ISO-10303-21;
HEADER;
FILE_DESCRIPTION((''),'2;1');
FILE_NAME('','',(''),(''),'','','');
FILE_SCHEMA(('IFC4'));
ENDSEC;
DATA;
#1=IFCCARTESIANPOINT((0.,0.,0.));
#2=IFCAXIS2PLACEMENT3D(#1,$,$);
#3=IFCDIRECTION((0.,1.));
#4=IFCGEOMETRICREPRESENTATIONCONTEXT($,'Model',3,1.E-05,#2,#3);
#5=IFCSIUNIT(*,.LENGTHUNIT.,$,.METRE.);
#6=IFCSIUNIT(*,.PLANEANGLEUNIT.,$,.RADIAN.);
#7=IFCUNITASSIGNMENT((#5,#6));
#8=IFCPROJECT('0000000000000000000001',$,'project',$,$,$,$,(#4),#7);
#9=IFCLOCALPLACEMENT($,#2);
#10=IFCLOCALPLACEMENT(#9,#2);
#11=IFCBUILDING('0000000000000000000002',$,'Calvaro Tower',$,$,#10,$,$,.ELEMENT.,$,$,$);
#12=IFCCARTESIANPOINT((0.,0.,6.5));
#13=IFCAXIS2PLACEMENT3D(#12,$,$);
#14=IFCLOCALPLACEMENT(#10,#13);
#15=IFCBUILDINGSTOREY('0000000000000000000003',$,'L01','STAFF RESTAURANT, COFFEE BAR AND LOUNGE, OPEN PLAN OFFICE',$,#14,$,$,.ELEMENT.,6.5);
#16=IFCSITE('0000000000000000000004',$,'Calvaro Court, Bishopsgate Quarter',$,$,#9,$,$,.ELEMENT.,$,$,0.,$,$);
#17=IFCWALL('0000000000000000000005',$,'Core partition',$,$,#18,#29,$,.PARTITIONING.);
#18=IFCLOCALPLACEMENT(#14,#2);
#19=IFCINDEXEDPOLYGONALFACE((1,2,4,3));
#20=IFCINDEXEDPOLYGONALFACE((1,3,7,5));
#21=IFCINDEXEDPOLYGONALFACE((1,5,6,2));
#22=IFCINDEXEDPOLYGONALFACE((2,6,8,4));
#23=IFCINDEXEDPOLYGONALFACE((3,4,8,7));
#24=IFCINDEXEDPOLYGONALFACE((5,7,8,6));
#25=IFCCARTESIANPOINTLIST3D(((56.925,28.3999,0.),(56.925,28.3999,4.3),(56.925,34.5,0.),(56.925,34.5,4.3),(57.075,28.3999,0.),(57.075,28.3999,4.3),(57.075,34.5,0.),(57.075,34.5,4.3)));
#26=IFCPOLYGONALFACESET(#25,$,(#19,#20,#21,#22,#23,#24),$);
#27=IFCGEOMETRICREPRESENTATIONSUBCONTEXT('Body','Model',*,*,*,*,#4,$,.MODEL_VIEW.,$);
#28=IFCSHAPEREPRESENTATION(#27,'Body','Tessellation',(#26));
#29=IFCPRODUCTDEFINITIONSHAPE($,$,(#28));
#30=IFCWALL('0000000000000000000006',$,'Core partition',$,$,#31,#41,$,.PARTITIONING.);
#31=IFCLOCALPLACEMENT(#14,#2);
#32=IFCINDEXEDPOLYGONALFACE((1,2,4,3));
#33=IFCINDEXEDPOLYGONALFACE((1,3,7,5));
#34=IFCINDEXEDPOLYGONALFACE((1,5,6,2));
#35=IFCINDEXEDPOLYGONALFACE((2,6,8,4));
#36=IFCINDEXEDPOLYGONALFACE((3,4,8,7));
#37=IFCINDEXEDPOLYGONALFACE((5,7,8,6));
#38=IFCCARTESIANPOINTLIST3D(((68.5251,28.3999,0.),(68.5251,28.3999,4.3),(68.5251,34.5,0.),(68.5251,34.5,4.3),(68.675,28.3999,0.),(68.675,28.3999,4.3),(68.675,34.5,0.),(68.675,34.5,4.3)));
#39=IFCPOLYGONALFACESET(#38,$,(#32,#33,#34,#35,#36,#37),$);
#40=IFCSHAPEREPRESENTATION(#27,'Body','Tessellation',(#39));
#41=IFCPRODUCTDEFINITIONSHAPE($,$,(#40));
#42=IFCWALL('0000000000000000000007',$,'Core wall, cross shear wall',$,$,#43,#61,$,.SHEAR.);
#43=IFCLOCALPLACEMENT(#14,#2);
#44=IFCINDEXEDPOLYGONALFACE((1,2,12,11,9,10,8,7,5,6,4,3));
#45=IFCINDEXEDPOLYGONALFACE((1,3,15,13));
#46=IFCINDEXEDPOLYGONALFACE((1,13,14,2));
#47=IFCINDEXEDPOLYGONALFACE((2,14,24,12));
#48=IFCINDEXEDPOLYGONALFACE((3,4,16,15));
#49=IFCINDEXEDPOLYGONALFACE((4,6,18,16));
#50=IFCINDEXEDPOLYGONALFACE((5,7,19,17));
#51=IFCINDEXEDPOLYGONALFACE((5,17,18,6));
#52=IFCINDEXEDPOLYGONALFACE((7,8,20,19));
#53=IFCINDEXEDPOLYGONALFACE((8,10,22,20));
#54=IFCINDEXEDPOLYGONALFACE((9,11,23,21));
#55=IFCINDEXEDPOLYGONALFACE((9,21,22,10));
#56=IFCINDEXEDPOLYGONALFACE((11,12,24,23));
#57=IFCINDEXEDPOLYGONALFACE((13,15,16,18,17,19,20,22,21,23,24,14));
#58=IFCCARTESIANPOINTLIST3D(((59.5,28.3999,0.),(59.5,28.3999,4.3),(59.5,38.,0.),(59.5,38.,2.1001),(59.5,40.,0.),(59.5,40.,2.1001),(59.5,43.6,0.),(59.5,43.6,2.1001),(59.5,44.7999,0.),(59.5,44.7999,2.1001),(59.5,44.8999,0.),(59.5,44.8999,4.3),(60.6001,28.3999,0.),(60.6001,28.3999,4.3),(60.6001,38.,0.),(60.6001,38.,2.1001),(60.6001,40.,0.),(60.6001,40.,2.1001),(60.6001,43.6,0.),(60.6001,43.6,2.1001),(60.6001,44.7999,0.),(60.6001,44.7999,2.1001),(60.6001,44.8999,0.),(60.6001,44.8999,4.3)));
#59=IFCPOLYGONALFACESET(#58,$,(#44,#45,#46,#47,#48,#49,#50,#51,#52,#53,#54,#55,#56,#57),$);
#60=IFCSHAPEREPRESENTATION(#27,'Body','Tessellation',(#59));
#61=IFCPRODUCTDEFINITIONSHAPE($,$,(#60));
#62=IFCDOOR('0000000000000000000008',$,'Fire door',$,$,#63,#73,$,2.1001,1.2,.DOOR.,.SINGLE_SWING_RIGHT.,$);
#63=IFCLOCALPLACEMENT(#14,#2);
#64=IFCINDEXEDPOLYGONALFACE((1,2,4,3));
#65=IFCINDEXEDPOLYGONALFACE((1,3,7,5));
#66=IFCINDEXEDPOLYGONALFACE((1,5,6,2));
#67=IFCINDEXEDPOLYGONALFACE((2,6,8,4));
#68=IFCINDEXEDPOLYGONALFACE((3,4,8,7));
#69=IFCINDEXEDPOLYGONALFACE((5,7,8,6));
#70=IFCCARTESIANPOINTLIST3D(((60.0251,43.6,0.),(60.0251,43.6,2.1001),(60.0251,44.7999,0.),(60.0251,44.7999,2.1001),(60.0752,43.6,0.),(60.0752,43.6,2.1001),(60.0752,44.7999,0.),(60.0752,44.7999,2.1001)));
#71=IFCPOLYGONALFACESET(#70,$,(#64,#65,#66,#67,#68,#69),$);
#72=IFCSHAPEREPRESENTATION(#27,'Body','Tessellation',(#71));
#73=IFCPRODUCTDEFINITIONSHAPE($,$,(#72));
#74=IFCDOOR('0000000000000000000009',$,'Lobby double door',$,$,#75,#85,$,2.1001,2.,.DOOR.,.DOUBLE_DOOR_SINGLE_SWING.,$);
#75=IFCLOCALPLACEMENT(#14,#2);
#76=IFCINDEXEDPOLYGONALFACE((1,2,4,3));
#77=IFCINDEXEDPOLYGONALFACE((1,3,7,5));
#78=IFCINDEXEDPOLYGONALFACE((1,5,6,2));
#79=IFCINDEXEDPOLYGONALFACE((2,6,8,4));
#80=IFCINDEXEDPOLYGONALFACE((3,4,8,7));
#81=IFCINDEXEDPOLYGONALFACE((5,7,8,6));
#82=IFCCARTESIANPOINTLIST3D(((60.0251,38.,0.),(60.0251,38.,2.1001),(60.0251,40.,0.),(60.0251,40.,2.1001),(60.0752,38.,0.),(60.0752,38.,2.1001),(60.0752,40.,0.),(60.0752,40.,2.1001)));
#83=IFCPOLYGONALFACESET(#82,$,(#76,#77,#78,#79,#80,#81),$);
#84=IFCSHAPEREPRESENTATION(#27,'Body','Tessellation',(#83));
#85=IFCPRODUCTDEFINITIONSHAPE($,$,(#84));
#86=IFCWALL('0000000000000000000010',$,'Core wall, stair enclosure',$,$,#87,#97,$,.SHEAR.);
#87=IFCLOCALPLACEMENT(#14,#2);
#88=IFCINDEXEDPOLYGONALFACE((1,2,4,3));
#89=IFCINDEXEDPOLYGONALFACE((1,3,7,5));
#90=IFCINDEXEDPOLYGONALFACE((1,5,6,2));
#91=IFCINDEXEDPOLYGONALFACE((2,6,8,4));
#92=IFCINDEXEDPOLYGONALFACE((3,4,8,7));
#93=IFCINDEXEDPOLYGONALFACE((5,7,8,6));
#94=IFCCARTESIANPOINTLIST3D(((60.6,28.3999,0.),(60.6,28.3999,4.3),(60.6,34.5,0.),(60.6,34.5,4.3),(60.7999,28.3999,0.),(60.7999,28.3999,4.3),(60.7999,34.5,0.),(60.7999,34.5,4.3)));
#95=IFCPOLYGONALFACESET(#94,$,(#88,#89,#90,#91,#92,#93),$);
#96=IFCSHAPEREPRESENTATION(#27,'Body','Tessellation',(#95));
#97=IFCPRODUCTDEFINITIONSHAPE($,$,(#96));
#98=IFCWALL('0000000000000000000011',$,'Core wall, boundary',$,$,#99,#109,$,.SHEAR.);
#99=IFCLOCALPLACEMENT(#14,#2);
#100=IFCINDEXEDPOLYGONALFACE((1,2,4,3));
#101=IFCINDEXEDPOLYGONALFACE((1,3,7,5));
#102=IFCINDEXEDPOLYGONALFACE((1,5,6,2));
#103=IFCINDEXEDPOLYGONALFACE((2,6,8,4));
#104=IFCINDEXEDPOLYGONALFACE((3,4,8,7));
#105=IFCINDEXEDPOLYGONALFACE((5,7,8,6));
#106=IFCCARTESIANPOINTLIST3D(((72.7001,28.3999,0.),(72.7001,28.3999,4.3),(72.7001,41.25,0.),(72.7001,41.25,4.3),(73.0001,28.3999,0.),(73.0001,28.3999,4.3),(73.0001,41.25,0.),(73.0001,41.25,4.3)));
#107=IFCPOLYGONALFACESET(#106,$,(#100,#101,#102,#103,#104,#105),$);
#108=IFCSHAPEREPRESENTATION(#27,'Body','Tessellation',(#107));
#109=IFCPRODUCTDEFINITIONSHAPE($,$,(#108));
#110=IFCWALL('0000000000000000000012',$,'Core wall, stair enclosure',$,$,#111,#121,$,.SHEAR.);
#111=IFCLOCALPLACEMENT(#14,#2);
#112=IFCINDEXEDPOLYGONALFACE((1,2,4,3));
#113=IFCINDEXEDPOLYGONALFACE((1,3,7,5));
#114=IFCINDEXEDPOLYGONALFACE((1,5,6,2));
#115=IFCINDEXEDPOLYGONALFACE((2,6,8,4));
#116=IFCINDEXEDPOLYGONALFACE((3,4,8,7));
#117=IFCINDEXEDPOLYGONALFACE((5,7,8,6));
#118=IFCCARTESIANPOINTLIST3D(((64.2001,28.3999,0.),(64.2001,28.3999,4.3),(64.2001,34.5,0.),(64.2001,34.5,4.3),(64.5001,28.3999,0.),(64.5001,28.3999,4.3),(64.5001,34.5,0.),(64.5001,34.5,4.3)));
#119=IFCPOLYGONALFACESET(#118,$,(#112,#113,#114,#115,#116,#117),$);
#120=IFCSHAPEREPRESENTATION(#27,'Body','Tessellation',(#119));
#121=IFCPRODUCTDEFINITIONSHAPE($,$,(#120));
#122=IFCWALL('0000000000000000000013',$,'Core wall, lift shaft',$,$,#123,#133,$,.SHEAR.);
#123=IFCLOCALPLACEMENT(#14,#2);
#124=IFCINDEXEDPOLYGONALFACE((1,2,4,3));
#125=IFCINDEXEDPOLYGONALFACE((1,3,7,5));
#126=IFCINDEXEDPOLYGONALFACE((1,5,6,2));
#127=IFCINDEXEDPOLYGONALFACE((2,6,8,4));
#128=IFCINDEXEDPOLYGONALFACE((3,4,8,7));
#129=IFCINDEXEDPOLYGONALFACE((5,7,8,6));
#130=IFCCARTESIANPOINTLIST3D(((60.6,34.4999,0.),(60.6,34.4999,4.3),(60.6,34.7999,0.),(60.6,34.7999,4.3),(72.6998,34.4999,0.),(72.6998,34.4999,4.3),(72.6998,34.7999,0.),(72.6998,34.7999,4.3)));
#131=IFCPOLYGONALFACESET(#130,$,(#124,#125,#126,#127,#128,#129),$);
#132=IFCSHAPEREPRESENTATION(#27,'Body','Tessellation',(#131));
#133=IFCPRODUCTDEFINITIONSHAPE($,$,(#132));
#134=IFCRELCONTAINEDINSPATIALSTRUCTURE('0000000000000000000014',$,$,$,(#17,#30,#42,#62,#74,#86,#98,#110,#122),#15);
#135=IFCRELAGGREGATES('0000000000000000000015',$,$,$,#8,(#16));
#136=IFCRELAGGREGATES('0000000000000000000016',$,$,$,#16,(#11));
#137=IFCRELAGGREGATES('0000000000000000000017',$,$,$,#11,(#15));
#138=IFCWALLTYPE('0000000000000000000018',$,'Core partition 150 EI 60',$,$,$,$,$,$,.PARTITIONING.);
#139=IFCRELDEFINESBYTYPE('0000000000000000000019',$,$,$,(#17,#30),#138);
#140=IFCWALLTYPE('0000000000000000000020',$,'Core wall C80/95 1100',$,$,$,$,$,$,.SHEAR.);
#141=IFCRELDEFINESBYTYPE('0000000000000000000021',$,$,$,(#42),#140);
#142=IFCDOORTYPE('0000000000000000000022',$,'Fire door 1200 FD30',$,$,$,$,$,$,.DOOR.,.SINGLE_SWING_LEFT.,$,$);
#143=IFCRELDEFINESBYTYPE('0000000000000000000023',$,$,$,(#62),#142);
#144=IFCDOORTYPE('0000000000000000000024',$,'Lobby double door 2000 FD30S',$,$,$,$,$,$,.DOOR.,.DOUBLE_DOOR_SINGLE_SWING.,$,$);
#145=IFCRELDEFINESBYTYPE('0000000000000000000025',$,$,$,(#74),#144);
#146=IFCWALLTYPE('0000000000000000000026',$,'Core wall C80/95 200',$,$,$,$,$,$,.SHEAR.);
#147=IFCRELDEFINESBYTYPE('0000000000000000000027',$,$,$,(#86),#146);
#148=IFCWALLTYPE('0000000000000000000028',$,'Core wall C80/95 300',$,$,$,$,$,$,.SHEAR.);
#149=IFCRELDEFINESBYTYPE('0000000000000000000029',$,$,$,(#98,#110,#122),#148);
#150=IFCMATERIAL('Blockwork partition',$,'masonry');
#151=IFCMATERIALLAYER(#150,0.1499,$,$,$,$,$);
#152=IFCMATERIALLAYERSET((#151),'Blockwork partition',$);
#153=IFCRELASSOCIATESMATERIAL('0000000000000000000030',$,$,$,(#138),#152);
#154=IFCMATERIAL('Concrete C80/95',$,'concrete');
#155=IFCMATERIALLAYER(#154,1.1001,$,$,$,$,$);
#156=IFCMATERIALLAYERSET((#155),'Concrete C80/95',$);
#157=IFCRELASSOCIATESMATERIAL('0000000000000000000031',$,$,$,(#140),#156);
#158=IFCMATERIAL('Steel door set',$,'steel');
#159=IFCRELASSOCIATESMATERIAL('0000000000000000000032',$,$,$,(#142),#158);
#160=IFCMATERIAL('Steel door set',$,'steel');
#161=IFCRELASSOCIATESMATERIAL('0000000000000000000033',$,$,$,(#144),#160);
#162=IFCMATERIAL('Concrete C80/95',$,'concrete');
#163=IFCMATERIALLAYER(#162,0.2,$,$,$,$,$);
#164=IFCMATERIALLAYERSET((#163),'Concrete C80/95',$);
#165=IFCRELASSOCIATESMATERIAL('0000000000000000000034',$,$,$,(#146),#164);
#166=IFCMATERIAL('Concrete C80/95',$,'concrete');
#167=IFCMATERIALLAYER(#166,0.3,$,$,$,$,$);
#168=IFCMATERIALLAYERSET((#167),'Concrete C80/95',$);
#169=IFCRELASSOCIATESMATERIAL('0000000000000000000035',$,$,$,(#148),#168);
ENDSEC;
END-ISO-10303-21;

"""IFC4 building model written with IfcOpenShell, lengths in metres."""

from ifc_helpers import new_model, si_unit, direction, frame, frame_2d, origin, place, context, subcontext, project, spatial, rectangle, extrude, material, layer, layer_set, type_object, element, fill, save


model = new_model("IFC4")

# Units and contexts
model_context = context("Model", 3, precision=1e-05, world=origin(), true_north=direction((0.0, 1.0)))
body_context = subcontext(model_context, "Body", "Model", "MODEL_VIEW")
ifc_project = project(units=[si_unit("LENGTHUNIT", "METRE"), si_unit("PLANEANGLEUNIT", "RADIAN")], contexts=[model_context])

# Site, building, storey
site_placement = place(None, origin())
site = spatial("IfcSite", under=ifc_project, at=site_placement, Name="Calvaro Court, Bishopsgate Quarter", CompositionType="ELEMENT", RefElevation=0.0)
building_placement = place(site_placement, origin())
building = spatial("IfcBuilding", under=site, at=building_placement, Name="Calvaro Tower", CompositionType="ELEMENT")
storey_placement = place(building_placement, frame((0.0, 0.0, 6.5)))
storey = spatial("IfcBuildingStorey", under=building, at=storey_placement, Name="L01", Description="STAFF RESTAURANT, COFFEE BAR AND LOUNGE, OPEN PLAN OFFICE", CompositionType="ELEMENT", Elevation=6.5)

# Walls
ifc_material_1 = material(Name="Blockwork partition", Category="masonry")
ifc_layer_1 = layer(ifc_material_1, 0.1499)
ifc_layer_set_1 = layer_set([ifc_layer_1], Name="Blockwork partition")
wall_type_1 = type_object("IfcWallType", Name="Core partition 150 EI 60", PredefinedType="PARTITIONING", material=ifc_layer_set_1)
for number, where, z_axis, x_axis, name in (
    (1, (57.0, 28.3999, 0.0), (0.0, 0.0, 1.0), (0.0, 1.0, 0.0), "Core partition"),
    (2, (68.6001, 28.3999, 0.0), (0.0, 0.0, 1.0), (0.0, 1.0, 0.0), "Core partition"),
):
    element("IfcWall", number, at=place(storey_placement, frame(where, z_axis=z_axis, x_axis=x_axis)), inside=storey, type_object=wall_type_1, Name=name, PredefinedType="PARTITIONING", context=body_context, shape_type="SweptSolid", body=[
        extrude(rectangle(XDim=6.1001, YDim=0.1499, at=frame_2d((3.05, 0.0))), origin(), (0.0, 0.0, 1.0), 4.3),
    ])

# Wall, openings, doors
ifc_material_2 = material(Name="Concrete C80/95", Category="concrete")
ifc_layer_2 = layer(ifc_material_2, 1.1001)
ifc_layer_set_2 = layer_set([ifc_layer_2], Name="Concrete C80/95")
wall_type_2 = type_object("IfcWallType", Name="Core wall C80/95 1100", PredefinedType="SHEAR", material=ifc_layer_set_2)
wall_1_placement = place(storey_placement, frame((60.05, 28.3999, 0.0), z_axis=(0.0, 0.0, 1.0), x_axis=(0.0, 1.0, 0.0)))
wall_1 = element("IfcWall", 3, at=wall_1_placement, inside=storey, type_object=wall_type_2, Name="Core wall, cross shear wall", PredefinedType="SHEAR", context=body_context, shape_type="SweptSolid", body=[
    extrude(rectangle(XDim=16.5, YDim=1.1001, at=frame_2d((8.25, 0.0))), origin(), (0.0, 0.0, 1.0), 4.3),
])
opening_1_placement = place(wall_1_placement, frame((9.6001, 0.0, 0.0)))
opening_1 = element("IfcOpeningElement", 4, at=opening_1_placement, cuts=wall_1, PredefinedType="OPENING", context=body_context, shape_type="SweptSolid", body=[
    extrude(rectangle(XDim=2.0, YDim=2.1001, at=frame_2d((1.0, 1.05))), frame((0.0, 0.5601, 0.0), z_axis=(0.0, -1.0, 0.0), x_axis=(1.0, 0.0, 0.0)), (0.0, 0.0, 1.0), 1.1201),
])
opening_2_placement = place(wall_1_placement, frame((15.2, 0.0, 0.0)))
opening_2 = element("IfcOpeningElement", 5, at=opening_2_placement, cuts=wall_1, PredefinedType="OPENING", context=body_context, shape_type="SweptSolid", body=[
    extrude(rectangle(XDim=1.2, YDim=2.1001, at=frame_2d((0.6001, 1.05))), frame((0.0, 0.5601, 0.0), z_axis=(0.0, -1.0, 0.0), x_axis=(1.0, 0.0, 0.0)), (0.0, 0.0, 1.0), 1.1201),
])
ifc_material_3 = material(Name="Steel door set", Category="steel")
door_type_1 = type_object("IfcDoorType", Name="Fire door 1200 FD30", OperationType="SINGLE_SWING_LEFT", PredefinedType="DOOR", material=ifc_material_3)
door_1_placement = place(opening_2_placement, origin())
door_1 = element("IfcDoor", 6, at=door_1_placement, inside=storey, type_object=door_type_1, Name="Fire door", OperationType="SINGLE_SWING_RIGHT", OverallHeight=2.1001, OverallWidth=1.2, PredefinedType="DOOR", context=body_context, shape_type="SweptSolid", body=[
    extrude(rectangle(XDim=1.2, YDim=2.1001, at=frame_2d((0.6001, 1.05))), frame((0.0, 0.0249, 0.0), z_axis=(0.0, -1.0, 0.0), x_axis=(1.0, 0.0, 0.0)), (0.0, 0.0, 1.0), 0.05),
])
fill(opening_2, door_1)
ifc_material_4 = material(Name="Steel door set", Category="steel")
door_type_2 = type_object("IfcDoorType", Name="Lobby double door 2000 FD30S", OperationType="DOUBLE_DOOR_SINGLE_SWING", PredefinedType="DOOR", material=ifc_material_4)
door_2_placement = place(opening_1_placement, origin())
door_2 = element("IfcDoor", 7, at=door_2_placement, inside=storey, type_object=door_type_2, Name="Lobby double door", OperationType="DOUBLE_DOOR_SINGLE_SWING", OverallHeight=2.1001, OverallWidth=2.0, PredefinedType="DOOR", context=body_context, shape_type="SweptSolid", body=[
    extrude(rectangle(XDim=2.0, YDim=2.1001, at=frame_2d((1.0, 1.05))), frame((0.0, 0.0249, 0.0), z_axis=(0.0, -1.0, 0.0), x_axis=(1.0, 0.0, 0.0)), (0.0, 0.0, 1.0), 0.05),
])
fill(opening_1, door_2)

# Walls
ifc_material_5 = material(Name="Concrete C80/95", Category="concrete")
ifc_layer_3 = layer(ifc_material_5, 0.2)
ifc_layer_set_3 = layer_set([ifc_layer_3], Name="Concrete C80/95")
wall_type_3 = type_object("IfcWallType", Name="Core wall C80/95 200", PredefinedType="SHEAR", material=ifc_layer_set_3)
wall_2_placement = place(storey_placement, frame((60.7, 28.3999, 0.0), z_axis=(0.0, 0.0, 1.0), x_axis=(0.0, 1.0, 0.0)))
element("IfcWall", 8, at=wall_2_placement, inside=storey, type_object=wall_type_3, Name="Core wall, stair enclosure", PredefinedType="SHEAR", context=body_context, shape_type="SweptSolid", body=[
    extrude(rectangle(XDim=6.1001, YDim=0.2, at=frame_2d((3.05, 0.0))), origin(), (0.0, 0.0, 1.0), 4.3),
])
ifc_material_6 = material(Name="Concrete C80/95", Category="concrete")
ifc_layer_4 = layer(ifc_material_6, 0.3)
ifc_layer_set_4 = layer_set([ifc_layer_4], Name="Concrete C80/95")
wall_type_4 = type_object("IfcWallType", Name="Core wall C80/95 300", PredefinedType="SHEAR", material=ifc_layer_set_4)
wall_3_placement = place(storey_placement, frame((72.8501, 28.3999, 0.0), z_axis=(0.0, 0.0, 1.0), x_axis=(0.0, 1.0, 0.0)))
element("IfcWall", 9, at=wall_3_placement, inside=storey, type_object=wall_type_4, Name="Core wall, boundary", PredefinedType="SHEAR", context=body_context, shape_type="SweptSolid", body=[
    extrude(rectangle(XDim=12.8501, YDim=0.3, at=frame_2d((6.425, 0.0))), origin(), (0.0, 0.0, 1.0), 4.3),
])
wall_4_placement = place(storey_placement, frame((64.3501, 28.3999, 0.0), z_axis=(0.0, 0.0, 1.0), x_axis=(0.0, 1.0, 0.0)))
element("IfcWall", 10, at=wall_4_placement, inside=storey, type_object=wall_type_4, Name="Core wall, stair enclosure", PredefinedType="SHEAR", context=body_context, shape_type="SweptSolid", body=[
    extrude(rectangle(XDim=6.1001, YDim=0.3, at=frame_2d((3.05, 0.0))), origin(), (0.0, 0.0, 1.0), 4.3),
])
wall_5_placement = place(storey_placement, frame((60.6001, 34.6499, 0.0), z_axis=(0.0, 0.0, 1.0), x_axis=(1.0, 0.0, 0.0)))
element("IfcWall", 11, at=wall_5_placement, inside=storey, type_object=wall_type_4, Name="Core wall, lift shaft", PredefinedType="SHEAR", context=body_context, shape_type="SweptSolid", body=[
    extrude(rectangle(XDim=12.0999, YDim=0.3, at=frame_2d((6.0498, 0.0))), origin(), (0.0, 0.0, 1.0), 4.3),
])

save(model, "model.ifc")
